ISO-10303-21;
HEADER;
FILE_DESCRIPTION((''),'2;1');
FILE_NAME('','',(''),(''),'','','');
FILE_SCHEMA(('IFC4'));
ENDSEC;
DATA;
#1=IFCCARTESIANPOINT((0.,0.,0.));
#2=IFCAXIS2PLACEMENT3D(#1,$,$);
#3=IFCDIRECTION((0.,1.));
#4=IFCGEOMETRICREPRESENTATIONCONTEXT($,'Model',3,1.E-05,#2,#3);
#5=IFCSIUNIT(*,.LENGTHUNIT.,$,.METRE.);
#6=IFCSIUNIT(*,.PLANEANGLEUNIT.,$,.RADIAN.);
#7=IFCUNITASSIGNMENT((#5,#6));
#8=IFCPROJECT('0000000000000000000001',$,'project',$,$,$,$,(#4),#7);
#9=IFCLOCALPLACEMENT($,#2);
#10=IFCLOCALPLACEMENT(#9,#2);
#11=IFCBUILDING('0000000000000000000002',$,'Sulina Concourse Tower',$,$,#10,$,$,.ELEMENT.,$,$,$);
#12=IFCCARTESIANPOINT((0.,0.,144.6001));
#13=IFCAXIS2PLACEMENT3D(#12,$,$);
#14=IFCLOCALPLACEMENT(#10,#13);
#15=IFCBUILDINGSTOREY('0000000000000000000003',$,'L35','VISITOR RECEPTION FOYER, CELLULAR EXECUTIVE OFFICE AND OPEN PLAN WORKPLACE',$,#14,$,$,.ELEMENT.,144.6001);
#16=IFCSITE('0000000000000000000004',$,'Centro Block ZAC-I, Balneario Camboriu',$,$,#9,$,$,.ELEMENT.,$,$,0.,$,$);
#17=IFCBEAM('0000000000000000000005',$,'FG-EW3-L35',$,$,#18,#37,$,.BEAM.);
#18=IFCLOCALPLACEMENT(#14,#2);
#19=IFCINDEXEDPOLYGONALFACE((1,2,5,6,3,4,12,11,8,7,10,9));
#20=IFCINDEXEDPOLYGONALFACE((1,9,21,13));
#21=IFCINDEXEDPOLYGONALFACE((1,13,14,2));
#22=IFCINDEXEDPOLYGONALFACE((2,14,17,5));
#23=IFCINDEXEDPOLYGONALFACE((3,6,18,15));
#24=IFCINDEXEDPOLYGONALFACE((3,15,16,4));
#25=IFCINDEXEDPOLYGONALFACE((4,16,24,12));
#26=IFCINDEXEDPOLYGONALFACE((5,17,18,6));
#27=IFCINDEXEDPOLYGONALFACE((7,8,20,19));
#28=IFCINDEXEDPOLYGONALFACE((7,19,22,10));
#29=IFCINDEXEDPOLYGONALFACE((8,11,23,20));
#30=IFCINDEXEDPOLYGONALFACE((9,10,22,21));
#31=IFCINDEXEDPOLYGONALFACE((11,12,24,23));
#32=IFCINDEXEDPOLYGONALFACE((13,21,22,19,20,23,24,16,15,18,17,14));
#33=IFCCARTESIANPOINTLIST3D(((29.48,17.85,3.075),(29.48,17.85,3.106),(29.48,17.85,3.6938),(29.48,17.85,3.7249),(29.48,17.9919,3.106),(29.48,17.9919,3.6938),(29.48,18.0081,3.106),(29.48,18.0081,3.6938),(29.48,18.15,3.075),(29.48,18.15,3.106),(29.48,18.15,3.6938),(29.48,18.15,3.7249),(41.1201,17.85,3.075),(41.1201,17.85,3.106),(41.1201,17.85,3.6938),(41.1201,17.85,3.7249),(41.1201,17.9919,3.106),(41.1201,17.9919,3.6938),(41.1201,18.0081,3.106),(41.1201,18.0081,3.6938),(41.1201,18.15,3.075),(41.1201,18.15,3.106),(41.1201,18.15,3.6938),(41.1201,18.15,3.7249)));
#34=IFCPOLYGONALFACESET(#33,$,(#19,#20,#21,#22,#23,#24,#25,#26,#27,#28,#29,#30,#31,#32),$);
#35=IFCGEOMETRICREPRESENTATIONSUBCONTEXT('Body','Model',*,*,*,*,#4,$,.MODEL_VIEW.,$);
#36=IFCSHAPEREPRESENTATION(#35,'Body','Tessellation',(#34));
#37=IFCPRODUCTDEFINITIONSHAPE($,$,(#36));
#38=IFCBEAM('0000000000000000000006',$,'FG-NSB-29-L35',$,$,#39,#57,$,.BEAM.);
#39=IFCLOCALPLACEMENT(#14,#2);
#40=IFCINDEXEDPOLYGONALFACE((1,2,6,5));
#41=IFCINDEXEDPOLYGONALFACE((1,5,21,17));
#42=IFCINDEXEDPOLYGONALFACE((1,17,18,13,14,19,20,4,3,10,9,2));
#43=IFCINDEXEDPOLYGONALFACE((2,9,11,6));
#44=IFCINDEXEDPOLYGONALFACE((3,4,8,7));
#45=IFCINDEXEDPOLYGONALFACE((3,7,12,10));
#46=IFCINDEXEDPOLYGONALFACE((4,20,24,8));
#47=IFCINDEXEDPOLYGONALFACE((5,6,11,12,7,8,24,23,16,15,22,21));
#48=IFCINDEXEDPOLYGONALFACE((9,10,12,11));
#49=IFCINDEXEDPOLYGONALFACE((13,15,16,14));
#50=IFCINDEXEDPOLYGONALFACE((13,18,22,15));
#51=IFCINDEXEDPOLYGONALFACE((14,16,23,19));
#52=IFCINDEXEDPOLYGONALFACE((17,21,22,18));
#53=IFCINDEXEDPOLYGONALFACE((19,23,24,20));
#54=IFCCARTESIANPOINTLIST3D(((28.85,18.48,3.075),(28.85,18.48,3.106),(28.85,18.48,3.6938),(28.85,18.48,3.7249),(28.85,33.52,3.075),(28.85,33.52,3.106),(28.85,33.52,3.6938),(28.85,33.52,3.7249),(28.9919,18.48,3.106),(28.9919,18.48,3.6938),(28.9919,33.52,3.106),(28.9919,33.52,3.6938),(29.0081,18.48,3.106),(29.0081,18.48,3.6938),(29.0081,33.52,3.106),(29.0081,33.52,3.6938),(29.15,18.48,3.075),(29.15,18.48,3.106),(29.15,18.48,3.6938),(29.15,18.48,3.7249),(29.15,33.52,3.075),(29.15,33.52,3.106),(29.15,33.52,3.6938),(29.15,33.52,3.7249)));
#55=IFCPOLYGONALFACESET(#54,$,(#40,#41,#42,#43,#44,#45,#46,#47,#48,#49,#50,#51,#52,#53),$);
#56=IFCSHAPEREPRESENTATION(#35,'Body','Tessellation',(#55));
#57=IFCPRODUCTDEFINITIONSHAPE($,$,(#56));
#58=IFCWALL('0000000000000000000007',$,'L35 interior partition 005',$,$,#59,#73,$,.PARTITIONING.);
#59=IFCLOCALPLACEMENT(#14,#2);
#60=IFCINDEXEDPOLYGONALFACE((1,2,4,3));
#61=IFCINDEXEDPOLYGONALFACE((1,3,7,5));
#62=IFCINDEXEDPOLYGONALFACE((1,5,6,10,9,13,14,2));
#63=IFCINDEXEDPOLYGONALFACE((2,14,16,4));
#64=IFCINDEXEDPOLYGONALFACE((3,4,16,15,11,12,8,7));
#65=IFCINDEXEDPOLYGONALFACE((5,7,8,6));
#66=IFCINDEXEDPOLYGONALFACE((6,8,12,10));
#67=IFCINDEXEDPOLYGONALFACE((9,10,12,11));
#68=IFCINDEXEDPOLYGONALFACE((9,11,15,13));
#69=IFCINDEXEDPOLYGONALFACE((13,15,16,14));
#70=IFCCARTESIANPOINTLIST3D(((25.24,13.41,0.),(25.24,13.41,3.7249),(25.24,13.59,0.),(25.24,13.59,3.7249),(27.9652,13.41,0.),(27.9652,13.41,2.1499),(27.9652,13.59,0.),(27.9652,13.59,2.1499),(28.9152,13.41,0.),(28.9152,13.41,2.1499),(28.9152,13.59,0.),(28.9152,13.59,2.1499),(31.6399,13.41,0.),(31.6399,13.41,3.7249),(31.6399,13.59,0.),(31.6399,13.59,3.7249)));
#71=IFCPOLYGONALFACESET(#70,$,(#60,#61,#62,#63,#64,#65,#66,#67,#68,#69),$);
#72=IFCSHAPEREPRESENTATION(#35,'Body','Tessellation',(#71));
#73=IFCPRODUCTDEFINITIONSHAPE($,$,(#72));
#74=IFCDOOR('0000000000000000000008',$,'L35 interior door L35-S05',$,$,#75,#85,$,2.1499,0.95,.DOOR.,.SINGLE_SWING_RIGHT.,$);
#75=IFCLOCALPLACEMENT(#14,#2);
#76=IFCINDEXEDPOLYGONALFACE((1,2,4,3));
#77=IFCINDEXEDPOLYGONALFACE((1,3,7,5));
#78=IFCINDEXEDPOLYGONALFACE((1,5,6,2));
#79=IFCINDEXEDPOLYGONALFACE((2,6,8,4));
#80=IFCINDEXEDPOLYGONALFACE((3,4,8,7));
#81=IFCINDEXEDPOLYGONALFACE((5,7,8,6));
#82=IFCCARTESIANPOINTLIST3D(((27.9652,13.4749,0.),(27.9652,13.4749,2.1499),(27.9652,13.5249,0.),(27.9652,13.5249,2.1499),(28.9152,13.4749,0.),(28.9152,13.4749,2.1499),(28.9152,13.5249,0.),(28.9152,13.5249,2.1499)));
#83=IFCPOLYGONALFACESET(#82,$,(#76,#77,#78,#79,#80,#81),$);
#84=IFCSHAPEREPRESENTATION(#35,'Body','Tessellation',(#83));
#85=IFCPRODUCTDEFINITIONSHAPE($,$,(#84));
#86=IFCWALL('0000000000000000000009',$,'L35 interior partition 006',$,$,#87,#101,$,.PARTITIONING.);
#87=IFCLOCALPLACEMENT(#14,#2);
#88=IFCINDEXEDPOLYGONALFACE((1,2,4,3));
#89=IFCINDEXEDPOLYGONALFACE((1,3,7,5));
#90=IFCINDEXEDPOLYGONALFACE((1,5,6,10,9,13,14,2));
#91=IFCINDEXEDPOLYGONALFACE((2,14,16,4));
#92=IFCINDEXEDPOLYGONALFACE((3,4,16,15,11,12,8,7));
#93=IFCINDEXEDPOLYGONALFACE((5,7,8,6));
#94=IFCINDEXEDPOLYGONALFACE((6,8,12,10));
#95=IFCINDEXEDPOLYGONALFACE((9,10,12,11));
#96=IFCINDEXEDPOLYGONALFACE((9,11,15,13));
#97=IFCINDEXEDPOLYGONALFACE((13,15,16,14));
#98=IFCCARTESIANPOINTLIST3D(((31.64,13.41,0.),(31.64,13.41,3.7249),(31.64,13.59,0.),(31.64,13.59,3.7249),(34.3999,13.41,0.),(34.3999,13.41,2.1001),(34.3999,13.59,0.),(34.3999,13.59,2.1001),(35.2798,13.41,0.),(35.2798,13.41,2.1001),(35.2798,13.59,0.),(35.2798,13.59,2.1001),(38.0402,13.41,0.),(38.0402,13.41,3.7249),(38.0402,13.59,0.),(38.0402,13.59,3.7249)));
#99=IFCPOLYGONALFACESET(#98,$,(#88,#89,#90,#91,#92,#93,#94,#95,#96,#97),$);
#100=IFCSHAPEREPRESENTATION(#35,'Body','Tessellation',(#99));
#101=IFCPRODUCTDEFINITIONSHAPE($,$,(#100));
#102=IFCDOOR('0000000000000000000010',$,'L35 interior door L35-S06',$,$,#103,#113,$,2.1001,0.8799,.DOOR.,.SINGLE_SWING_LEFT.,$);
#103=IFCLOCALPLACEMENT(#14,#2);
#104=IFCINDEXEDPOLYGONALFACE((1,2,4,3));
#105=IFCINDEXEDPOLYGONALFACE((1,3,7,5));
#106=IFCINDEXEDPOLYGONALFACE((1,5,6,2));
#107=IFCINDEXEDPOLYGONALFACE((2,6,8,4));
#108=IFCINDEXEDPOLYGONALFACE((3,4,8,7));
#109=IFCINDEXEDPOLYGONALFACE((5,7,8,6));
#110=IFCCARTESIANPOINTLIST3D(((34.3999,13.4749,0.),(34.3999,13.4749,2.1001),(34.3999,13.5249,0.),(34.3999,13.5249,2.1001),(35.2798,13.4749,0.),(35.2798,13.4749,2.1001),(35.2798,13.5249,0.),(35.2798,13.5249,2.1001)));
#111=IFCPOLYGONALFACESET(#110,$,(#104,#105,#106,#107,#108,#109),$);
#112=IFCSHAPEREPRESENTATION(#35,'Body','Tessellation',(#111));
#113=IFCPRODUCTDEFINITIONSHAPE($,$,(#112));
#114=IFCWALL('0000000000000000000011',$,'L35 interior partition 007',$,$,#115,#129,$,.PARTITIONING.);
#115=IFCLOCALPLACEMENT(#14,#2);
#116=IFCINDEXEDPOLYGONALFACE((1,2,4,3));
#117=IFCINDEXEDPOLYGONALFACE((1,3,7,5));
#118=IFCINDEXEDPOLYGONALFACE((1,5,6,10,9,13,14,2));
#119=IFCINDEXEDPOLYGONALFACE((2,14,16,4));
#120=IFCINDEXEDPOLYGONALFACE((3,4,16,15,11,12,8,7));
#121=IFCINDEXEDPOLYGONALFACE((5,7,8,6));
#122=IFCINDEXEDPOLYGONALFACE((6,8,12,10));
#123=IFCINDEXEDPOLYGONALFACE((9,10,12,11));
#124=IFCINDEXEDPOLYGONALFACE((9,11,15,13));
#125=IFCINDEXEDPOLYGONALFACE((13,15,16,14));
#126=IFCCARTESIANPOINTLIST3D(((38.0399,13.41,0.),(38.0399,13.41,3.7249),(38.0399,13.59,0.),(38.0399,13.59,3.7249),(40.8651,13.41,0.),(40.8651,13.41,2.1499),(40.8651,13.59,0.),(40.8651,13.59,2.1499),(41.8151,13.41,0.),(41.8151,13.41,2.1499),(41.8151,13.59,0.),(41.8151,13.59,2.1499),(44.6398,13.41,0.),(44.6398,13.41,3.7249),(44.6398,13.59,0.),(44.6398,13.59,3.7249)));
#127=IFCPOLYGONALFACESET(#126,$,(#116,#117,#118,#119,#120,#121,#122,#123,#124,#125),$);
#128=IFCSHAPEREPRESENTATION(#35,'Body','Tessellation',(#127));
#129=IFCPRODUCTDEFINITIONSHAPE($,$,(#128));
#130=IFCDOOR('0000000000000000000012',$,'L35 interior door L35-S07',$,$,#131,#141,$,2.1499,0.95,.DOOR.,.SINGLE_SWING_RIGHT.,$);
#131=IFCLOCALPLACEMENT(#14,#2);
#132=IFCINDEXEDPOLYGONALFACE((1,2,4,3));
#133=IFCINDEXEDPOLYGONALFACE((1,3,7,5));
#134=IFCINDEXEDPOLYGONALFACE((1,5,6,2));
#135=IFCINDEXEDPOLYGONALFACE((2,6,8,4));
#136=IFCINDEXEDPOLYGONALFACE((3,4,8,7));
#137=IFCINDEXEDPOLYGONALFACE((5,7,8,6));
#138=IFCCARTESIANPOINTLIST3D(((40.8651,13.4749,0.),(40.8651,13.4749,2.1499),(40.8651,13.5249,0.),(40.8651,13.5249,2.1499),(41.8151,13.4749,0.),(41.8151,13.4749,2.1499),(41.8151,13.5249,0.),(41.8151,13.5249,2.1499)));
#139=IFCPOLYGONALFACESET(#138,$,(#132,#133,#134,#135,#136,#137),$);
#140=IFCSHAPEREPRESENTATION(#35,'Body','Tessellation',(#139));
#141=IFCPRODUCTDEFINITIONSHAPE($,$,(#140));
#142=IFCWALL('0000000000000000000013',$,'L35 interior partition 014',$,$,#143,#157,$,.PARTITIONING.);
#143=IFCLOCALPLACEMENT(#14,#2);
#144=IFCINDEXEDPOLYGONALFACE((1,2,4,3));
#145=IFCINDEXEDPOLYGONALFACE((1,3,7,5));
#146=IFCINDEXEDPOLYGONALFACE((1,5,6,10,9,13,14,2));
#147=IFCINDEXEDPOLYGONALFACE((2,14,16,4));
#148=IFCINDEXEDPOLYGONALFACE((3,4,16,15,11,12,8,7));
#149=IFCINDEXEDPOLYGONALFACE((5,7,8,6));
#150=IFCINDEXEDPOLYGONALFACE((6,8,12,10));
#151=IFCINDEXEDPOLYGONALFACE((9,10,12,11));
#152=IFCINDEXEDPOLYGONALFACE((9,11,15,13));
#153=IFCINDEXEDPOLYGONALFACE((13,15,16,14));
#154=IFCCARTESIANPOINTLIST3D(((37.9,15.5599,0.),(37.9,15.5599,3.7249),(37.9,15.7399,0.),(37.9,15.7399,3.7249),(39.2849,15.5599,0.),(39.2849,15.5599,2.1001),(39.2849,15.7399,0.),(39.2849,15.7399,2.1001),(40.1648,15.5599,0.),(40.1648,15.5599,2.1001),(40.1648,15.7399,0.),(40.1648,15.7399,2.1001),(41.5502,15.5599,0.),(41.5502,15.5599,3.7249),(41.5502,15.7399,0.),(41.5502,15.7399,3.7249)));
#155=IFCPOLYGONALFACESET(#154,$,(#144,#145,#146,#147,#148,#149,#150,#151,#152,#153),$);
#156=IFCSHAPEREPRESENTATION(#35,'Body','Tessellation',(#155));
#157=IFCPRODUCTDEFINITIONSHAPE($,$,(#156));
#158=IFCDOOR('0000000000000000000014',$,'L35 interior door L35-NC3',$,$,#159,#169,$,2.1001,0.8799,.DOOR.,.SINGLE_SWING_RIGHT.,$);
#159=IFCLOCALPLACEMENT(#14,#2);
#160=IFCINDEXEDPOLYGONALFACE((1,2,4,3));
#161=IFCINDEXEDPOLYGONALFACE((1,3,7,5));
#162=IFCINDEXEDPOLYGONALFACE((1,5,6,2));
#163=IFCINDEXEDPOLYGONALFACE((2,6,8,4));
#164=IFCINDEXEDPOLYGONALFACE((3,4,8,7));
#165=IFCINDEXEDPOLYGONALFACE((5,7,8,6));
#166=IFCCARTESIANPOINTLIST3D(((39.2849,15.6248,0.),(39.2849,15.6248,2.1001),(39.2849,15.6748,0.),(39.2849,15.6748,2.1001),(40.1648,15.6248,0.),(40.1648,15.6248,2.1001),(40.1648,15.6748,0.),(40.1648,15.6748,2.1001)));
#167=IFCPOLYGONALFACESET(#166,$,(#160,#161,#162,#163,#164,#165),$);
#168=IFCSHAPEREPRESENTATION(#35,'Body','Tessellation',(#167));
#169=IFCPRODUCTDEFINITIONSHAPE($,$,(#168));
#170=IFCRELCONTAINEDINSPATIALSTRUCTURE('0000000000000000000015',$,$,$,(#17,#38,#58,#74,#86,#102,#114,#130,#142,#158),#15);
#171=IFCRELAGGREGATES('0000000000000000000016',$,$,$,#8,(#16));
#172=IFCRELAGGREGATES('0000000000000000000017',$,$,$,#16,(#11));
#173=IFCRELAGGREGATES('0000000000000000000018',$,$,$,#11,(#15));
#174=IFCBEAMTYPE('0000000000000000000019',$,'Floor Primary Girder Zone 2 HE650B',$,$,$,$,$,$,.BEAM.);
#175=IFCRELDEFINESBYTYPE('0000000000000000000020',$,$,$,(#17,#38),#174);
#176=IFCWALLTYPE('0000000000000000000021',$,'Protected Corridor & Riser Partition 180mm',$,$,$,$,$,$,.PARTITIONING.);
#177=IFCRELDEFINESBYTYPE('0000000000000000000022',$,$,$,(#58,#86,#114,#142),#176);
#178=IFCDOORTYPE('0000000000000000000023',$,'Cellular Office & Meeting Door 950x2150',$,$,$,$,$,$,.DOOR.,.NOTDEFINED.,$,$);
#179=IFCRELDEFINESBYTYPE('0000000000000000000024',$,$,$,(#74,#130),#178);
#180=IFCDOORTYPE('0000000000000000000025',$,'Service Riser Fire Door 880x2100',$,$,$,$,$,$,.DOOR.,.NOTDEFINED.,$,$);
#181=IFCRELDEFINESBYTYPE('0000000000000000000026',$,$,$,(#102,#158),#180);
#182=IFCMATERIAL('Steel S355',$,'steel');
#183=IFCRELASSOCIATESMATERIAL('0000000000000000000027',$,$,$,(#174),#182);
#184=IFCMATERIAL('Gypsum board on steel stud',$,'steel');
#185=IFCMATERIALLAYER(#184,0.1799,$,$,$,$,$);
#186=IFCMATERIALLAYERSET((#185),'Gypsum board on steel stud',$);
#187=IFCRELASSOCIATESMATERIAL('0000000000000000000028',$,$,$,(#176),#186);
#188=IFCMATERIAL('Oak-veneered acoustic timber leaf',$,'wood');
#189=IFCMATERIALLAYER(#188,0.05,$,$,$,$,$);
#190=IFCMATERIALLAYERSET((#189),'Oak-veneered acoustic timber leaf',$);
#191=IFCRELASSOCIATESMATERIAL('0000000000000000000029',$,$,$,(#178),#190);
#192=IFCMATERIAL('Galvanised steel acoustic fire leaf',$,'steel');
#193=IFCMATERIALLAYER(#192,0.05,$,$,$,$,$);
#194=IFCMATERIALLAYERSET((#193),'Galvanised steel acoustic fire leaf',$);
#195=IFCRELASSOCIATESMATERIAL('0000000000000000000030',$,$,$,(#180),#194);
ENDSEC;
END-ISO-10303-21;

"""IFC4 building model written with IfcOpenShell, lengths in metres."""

from ifc_helpers import new_model, si_unit, direction, frame, frame_2d, origin, origin_2d, place, context, subcontext, project, spatial, rectangle, i_section, extrude, material, layer, layer_set, material_profile, profile_set, type_object, element, fill, save


model = new_model("IFC4")

# Units and contexts
model_context = context("Model", 3, precision=1e-05, world=origin(), true_north=direction((0.0, 1.0)))
body_context = subcontext(model_context, "Body", "Model", "MODEL_VIEW")
ifc_project = project(units=[si_unit("LENGTHUNIT", "METRE"), si_unit("PLANEANGLEUNIT", "RADIAN")], contexts=[model_context])

# Site, building, storey
site_placement = place(None, origin())
site = spatial("IfcSite", under=ifc_project, at=site_placement, Name="Centro Block ZAC-I, Balneario Camboriu", CompositionType="ELEMENT", RefElevation=0.0)
building_placement = place(site_placement, origin())
building = spatial("IfcBuilding", under=site, at=building_placement, Name="Sulina Concourse Tower", CompositionType="ELEMENT")
storey_placement = place(building_placement, frame((0.0, 0.0, 144.6001)))
storey = spatial("IfcBuildingStorey", under=building, at=storey_placement, Name="L35", Description="VISITOR RECEPTION FOYER, CELLULAR EXECUTIVE OFFICE AND OPEN PLAN WORKPLACE", CompositionType="ELEMENT", Elevation=144.6001)

# Beams
ifc_material_1 = material(Name="Steel S355", Category="steel")
ifc_material_profile_1 = material_profile(ifc_material_1, i_section(OverallWidth=0.3, OverallDepth=0.6499, WebThickness=0.0161, FlangeThickness=0.031, at=origin_2d()), Name="HE 650 B")
ifc_profile_set_1 = profile_set([ifc_material_profile_1], Name="Steel S355")
beam_type_1 = type_object("IfcBeamType", Name="Floor Primary Girder Zone 2 HE650B", PredefinedType="BEAM", material=ifc_profile_set_1)
beam_1_placement = place(storey_placement, frame((29.48, 18.0, 3.3999), z_axis=(1.0, 0.0, 0.0), x_axis=(0.0, 1.0, 0.0)))
element("IfcBeam", 1, at=beam_1_placement, inside=storey, type_object=beam_type_1, Name="FG-EW3-L35", PredefinedType="BEAM", context=body_context, shape_type="SweptSolid", body=[
    extrude(i_section(OverallWidth=0.3, OverallDepth=0.6499, WebThickness=0.0161, FlangeThickness=0.031, at=origin_2d()), origin(), (0.0, 0.0, 1.0), 11.6401),
])
beam_2_placement = place(storey_placement, frame((29.0, 18.48, 3.3999), z_axis=(0.0, 1.0, 0.0), x_axis=(-1.0, 0.0, 0.0)))
element("IfcBeam", 2, at=beam_2_placement, inside=storey, type_object=beam_type_1, Name="FG-NSB-29-L35", PredefinedType="BEAM", context=body_context, shape_type="SweptSolid", body=[
    extrude(i_section(OverallWidth=0.3, OverallDepth=0.6499, WebThickness=0.0161, FlangeThickness=0.031, at=origin_2d()), origin(), (0.0, 0.0, 1.0), 15.04),
])

# Walls, openings, doors
ifc_material_2 = material(Name="Gypsum board on steel stud", Category="steel")
ifc_layer_1 = layer(ifc_material_2, 0.1799)
ifc_layer_set_1 = layer_set([ifc_layer_1], Name="Gypsum board on steel stud")
wall_type = type_object("IfcWallType", Name="Protected Corridor & Riser Partition 180mm", PredefinedType="PARTITIONING", material=ifc_layer_set_1)
wall_1_placement = place(storey_placement, frame((25.24, 13.5, 0.0), z_axis=(0.0, 0.0, 1.0), x_axis=(1.0, 0.0, 0.0)))
wall_1 = element("IfcWall", 3, at=wall_1_placement, inside=storey, type_object=wall_type, Name="L35 interior partition 005", PredefinedType="PARTITIONING", context=body_context, shape_type="SweptSolid", body=[
    extrude(rectangle(XDim=6.3999, YDim=0.1799, at=frame_2d((3.2, 0.0))), origin(), (0.0, 0.0, 1.0), 3.7249),
])
opening_1_placement = place(wall_1_placement, frame((2.7251, 0.0, 0.0)))
opening_1 = element("IfcOpeningElement", 4, at=opening_1_placement, cuts=wall_1, PredefinedType="OPENING", context=body_context, shape_type="SweptSolid", body=[
    extrude(rectangle(XDim=0.95, YDim=2.1499, at=frame_2d((0.4751, 1.075))), frame((0.0, 0.0999, 0.0), z_axis=(0.0, -1.0, 0.0), x_axis=(1.0, 0.0, 0.0)), (0.0, 0.0, 1.0), 0.2),
])
ifc_material_3 = material(Name="Oak-veneered acoustic timber leaf", Category="wood")
ifc_layer_2 = layer(ifc_material_3, 0.05)
ifc_layer_set_2 = layer_set([ifc_layer_2], Name="Oak-veneered acoustic timber leaf")
door_type_1 = type_object("IfcDoorType", Name="Cellular Office & Meeting Door 950x2150", OperationType="NOTDEFINED", PredefinedType="DOOR", material=ifc_layer_set_2)
door_1_placement = place(opening_1_placement, origin())
door_1 = element("IfcDoor", 5, at=door_1_placement, inside=storey, type_object=door_type_1, Name="L35 interior door L35-S05", OperationType="SINGLE_SWING_RIGHT", OverallHeight=2.1499, OverallWidth=0.95, PredefinedType="DOOR", context=body_context, shape_type="SweptSolid", body=[
    extrude(rectangle(XDim=0.95, YDim=2.1499, at=frame_2d((0.4751, 1.075))), frame((0.0, 0.0249, 0.0), z_axis=(0.0, -1.0, 0.0), x_axis=(1.0, 0.0, 0.0)), (0.0, 0.0, 1.0), 0.05),
])
fill(opening_1, door_1)
wall_2_placement = place(storey_placement, frame((31.6399, 13.5, 0.0), z_axis=(0.0, 0.0, 1.0), x_axis=(1.0, 0.0, 0.0)))
wall_2 = element("IfcWall", 6, at=wall_2_placement, inside=storey, type_object=wall_type, Name="L35 interior partition 006", PredefinedType="PARTITIONING", context=body_context, shape_type="SweptSolid", body=[
    extrude(rectangle(XDim=6.4001, YDim=0.1799, at=frame_2d((3.2002, 0.0))), origin(), (0.0, 0.0, 1.0), 3.7249),
])
opening_2_placement = place(wall_2_placement, frame((2.76, 0.0, 0.0)))
opening_2 = element("IfcOpeningElement", 7, at=opening_2_placement, cuts=wall_2, PredefinedType="OPENING", context=body_context, shape_type="SweptSolid", body=[
    extrude(rectangle(XDim=0.8799, YDim=2.1001, at=frame_2d((0.4399, 1.05))), frame((0.0, 0.0999, 0.0), z_axis=(0.0, -1.0, 0.0), x_axis=(1.0, 0.0, 0.0)), (0.0, 0.0, 1.0), 0.2),
])
ifc_material_4 = material(Name="Galvanised steel acoustic fire leaf", Category="steel")
ifc_layer_3 = layer(ifc_material_4, 0.05)
ifc_layer_set_3 = layer_set([ifc_layer_3], Name="Galvanised steel acoustic fire leaf")
door_type_2 = type_object("IfcDoorType", Name="Service Riser Fire Door 880x2100", OperationType="NOTDEFINED", PredefinedType="DOOR", material=ifc_layer_set_3)
door_2_placement = place(opening_2_placement, origin())
door_2 = element("IfcDoor", 8, at=door_2_placement, inside=storey, type_object=door_type_2, Name="L35 interior door L35-S06", OperationType="SINGLE_SWING_LEFT", OverallHeight=2.1001, OverallWidth=0.8799, PredefinedType="DOOR", context=body_context, shape_type="SweptSolid", body=[
    extrude(rectangle(XDim=0.8799, YDim=2.1001, at=frame_2d((0.4399, 1.05))), frame((0.0, 0.0249, 0.0), z_axis=(0.0, -1.0, 0.0), x_axis=(1.0, 0.0, 0.0)), (0.0, 0.0, 1.0), 0.05),
])
fill(opening_2, door_2)
wall_3_placement = place(storey_placement, frame((38.04, 13.5, 0.0), z_axis=(0.0, 0.0, 1.0), x_axis=(1.0, 0.0, 0.0)))
wall_3 = element("IfcWall", 9, at=wall_3_placement, inside=storey, type_object=wall_type, Name="L35 interior partition 007", PredefinedType="PARTITIONING", context=body_context, shape_type="SweptSolid", body=[
    extrude(rectangle(XDim=6.5999, YDim=0.1799, at=frame_2d((3.2998, 0.0))), origin(), (0.0, 0.0, 1.0), 3.7249),
])
opening_3_placement = place(wall_3_placement, frame((2.825, 0.0, 0.0)))
opening_3 = element("IfcOpeningElement", 10, at=opening_3_placement, cuts=wall_3, PredefinedType="OPENING", context=body_context, shape_type="SweptSolid", body=[
    extrude(rectangle(XDim=0.95, YDim=2.1499, at=frame_2d((0.4751, 1.075))), frame((0.0, 0.0999, 0.0), z_axis=(0.0, -1.0, 0.0), x_axis=(1.0, 0.0, 0.0)), (0.0, 0.0, 1.0), 0.2),
])
door_3_placement = place(opening_3_placement, origin())
door_3 = element("IfcDoor", 11, at=door_3_placement, inside=storey, type_object=door_type_1, Name="L35 interior door L35-S07", OperationType="SINGLE_SWING_RIGHT", OverallHeight=2.1499, OverallWidth=0.95, PredefinedType="DOOR", context=body_context, shape_type="SweptSolid", body=[
    extrude(rectangle(XDim=0.95, YDim=2.1499, at=frame_2d((0.4751, 1.075))), frame((0.0, 0.0249, 0.0), z_axis=(0.0, -1.0, 0.0), x_axis=(1.0, 0.0, 0.0)), (0.0, 0.0, 1.0), 0.05),
])
fill(opening_3, door_3)
wall_4_placement = place(storey_placement, frame((37.8999, 15.6499, 0.0), z_axis=(0.0, 0.0, 1.0), x_axis=(1.0, 0.0, 0.0)))
wall_4 = element("IfcWall", 12, at=wall_4_placement, inside=storey, type_object=wall_type, Name="L35 interior partition 014", PredefinedType="PARTITIONING", context=body_context, shape_type="SweptSolid", body=[
    extrude(rectangle(XDim=3.6501, YDim=0.1799, at=frame_2d((1.8252, 0.0))), origin(), (0.0, 0.0, 1.0), 3.7249),
])
opening_4_placement = place(wall_4_placement, frame((1.385, 0.0, 0.0)))
opening_4 = element("IfcOpeningElement", 13, at=opening_4_placement, cuts=wall_4, PredefinedType="OPENING", context=body_context, shape_type="SweptSolid", body=[
    extrude(rectangle(XDim=0.8799, YDim=2.1001, at=frame_2d((0.4399, 1.05))), frame((0.0, 0.0999, 0.0), z_axis=(0.0, -1.0, 0.0), x_axis=(1.0, 0.0, 0.0)), (0.0, 0.0, 1.0), 0.2),
])
door_4_placement = place(opening_4_placement, origin())
door_4 = element("IfcDoor", 14, at=door_4_placement, inside=storey, type_object=door_type_2, Name="L35 interior door L35-NC3", OperationType="SINGLE_SWING_RIGHT", OverallHeight=2.1001, OverallWidth=0.8799, PredefinedType="DOOR", context=body_context, shape_type="SweptSolid", body=[
    extrude(rectangle(XDim=0.8799, YDim=2.1001, at=frame_2d((0.4399, 1.05))), frame((0.0, 0.0249, 0.0), z_axis=(0.0, -1.0, 0.0), x_axis=(1.0, 0.0, 0.0)), (0.0, 0.0, 1.0), 0.05),
])
fill(opening_4, door_4)

save(model, "model.ifc")
